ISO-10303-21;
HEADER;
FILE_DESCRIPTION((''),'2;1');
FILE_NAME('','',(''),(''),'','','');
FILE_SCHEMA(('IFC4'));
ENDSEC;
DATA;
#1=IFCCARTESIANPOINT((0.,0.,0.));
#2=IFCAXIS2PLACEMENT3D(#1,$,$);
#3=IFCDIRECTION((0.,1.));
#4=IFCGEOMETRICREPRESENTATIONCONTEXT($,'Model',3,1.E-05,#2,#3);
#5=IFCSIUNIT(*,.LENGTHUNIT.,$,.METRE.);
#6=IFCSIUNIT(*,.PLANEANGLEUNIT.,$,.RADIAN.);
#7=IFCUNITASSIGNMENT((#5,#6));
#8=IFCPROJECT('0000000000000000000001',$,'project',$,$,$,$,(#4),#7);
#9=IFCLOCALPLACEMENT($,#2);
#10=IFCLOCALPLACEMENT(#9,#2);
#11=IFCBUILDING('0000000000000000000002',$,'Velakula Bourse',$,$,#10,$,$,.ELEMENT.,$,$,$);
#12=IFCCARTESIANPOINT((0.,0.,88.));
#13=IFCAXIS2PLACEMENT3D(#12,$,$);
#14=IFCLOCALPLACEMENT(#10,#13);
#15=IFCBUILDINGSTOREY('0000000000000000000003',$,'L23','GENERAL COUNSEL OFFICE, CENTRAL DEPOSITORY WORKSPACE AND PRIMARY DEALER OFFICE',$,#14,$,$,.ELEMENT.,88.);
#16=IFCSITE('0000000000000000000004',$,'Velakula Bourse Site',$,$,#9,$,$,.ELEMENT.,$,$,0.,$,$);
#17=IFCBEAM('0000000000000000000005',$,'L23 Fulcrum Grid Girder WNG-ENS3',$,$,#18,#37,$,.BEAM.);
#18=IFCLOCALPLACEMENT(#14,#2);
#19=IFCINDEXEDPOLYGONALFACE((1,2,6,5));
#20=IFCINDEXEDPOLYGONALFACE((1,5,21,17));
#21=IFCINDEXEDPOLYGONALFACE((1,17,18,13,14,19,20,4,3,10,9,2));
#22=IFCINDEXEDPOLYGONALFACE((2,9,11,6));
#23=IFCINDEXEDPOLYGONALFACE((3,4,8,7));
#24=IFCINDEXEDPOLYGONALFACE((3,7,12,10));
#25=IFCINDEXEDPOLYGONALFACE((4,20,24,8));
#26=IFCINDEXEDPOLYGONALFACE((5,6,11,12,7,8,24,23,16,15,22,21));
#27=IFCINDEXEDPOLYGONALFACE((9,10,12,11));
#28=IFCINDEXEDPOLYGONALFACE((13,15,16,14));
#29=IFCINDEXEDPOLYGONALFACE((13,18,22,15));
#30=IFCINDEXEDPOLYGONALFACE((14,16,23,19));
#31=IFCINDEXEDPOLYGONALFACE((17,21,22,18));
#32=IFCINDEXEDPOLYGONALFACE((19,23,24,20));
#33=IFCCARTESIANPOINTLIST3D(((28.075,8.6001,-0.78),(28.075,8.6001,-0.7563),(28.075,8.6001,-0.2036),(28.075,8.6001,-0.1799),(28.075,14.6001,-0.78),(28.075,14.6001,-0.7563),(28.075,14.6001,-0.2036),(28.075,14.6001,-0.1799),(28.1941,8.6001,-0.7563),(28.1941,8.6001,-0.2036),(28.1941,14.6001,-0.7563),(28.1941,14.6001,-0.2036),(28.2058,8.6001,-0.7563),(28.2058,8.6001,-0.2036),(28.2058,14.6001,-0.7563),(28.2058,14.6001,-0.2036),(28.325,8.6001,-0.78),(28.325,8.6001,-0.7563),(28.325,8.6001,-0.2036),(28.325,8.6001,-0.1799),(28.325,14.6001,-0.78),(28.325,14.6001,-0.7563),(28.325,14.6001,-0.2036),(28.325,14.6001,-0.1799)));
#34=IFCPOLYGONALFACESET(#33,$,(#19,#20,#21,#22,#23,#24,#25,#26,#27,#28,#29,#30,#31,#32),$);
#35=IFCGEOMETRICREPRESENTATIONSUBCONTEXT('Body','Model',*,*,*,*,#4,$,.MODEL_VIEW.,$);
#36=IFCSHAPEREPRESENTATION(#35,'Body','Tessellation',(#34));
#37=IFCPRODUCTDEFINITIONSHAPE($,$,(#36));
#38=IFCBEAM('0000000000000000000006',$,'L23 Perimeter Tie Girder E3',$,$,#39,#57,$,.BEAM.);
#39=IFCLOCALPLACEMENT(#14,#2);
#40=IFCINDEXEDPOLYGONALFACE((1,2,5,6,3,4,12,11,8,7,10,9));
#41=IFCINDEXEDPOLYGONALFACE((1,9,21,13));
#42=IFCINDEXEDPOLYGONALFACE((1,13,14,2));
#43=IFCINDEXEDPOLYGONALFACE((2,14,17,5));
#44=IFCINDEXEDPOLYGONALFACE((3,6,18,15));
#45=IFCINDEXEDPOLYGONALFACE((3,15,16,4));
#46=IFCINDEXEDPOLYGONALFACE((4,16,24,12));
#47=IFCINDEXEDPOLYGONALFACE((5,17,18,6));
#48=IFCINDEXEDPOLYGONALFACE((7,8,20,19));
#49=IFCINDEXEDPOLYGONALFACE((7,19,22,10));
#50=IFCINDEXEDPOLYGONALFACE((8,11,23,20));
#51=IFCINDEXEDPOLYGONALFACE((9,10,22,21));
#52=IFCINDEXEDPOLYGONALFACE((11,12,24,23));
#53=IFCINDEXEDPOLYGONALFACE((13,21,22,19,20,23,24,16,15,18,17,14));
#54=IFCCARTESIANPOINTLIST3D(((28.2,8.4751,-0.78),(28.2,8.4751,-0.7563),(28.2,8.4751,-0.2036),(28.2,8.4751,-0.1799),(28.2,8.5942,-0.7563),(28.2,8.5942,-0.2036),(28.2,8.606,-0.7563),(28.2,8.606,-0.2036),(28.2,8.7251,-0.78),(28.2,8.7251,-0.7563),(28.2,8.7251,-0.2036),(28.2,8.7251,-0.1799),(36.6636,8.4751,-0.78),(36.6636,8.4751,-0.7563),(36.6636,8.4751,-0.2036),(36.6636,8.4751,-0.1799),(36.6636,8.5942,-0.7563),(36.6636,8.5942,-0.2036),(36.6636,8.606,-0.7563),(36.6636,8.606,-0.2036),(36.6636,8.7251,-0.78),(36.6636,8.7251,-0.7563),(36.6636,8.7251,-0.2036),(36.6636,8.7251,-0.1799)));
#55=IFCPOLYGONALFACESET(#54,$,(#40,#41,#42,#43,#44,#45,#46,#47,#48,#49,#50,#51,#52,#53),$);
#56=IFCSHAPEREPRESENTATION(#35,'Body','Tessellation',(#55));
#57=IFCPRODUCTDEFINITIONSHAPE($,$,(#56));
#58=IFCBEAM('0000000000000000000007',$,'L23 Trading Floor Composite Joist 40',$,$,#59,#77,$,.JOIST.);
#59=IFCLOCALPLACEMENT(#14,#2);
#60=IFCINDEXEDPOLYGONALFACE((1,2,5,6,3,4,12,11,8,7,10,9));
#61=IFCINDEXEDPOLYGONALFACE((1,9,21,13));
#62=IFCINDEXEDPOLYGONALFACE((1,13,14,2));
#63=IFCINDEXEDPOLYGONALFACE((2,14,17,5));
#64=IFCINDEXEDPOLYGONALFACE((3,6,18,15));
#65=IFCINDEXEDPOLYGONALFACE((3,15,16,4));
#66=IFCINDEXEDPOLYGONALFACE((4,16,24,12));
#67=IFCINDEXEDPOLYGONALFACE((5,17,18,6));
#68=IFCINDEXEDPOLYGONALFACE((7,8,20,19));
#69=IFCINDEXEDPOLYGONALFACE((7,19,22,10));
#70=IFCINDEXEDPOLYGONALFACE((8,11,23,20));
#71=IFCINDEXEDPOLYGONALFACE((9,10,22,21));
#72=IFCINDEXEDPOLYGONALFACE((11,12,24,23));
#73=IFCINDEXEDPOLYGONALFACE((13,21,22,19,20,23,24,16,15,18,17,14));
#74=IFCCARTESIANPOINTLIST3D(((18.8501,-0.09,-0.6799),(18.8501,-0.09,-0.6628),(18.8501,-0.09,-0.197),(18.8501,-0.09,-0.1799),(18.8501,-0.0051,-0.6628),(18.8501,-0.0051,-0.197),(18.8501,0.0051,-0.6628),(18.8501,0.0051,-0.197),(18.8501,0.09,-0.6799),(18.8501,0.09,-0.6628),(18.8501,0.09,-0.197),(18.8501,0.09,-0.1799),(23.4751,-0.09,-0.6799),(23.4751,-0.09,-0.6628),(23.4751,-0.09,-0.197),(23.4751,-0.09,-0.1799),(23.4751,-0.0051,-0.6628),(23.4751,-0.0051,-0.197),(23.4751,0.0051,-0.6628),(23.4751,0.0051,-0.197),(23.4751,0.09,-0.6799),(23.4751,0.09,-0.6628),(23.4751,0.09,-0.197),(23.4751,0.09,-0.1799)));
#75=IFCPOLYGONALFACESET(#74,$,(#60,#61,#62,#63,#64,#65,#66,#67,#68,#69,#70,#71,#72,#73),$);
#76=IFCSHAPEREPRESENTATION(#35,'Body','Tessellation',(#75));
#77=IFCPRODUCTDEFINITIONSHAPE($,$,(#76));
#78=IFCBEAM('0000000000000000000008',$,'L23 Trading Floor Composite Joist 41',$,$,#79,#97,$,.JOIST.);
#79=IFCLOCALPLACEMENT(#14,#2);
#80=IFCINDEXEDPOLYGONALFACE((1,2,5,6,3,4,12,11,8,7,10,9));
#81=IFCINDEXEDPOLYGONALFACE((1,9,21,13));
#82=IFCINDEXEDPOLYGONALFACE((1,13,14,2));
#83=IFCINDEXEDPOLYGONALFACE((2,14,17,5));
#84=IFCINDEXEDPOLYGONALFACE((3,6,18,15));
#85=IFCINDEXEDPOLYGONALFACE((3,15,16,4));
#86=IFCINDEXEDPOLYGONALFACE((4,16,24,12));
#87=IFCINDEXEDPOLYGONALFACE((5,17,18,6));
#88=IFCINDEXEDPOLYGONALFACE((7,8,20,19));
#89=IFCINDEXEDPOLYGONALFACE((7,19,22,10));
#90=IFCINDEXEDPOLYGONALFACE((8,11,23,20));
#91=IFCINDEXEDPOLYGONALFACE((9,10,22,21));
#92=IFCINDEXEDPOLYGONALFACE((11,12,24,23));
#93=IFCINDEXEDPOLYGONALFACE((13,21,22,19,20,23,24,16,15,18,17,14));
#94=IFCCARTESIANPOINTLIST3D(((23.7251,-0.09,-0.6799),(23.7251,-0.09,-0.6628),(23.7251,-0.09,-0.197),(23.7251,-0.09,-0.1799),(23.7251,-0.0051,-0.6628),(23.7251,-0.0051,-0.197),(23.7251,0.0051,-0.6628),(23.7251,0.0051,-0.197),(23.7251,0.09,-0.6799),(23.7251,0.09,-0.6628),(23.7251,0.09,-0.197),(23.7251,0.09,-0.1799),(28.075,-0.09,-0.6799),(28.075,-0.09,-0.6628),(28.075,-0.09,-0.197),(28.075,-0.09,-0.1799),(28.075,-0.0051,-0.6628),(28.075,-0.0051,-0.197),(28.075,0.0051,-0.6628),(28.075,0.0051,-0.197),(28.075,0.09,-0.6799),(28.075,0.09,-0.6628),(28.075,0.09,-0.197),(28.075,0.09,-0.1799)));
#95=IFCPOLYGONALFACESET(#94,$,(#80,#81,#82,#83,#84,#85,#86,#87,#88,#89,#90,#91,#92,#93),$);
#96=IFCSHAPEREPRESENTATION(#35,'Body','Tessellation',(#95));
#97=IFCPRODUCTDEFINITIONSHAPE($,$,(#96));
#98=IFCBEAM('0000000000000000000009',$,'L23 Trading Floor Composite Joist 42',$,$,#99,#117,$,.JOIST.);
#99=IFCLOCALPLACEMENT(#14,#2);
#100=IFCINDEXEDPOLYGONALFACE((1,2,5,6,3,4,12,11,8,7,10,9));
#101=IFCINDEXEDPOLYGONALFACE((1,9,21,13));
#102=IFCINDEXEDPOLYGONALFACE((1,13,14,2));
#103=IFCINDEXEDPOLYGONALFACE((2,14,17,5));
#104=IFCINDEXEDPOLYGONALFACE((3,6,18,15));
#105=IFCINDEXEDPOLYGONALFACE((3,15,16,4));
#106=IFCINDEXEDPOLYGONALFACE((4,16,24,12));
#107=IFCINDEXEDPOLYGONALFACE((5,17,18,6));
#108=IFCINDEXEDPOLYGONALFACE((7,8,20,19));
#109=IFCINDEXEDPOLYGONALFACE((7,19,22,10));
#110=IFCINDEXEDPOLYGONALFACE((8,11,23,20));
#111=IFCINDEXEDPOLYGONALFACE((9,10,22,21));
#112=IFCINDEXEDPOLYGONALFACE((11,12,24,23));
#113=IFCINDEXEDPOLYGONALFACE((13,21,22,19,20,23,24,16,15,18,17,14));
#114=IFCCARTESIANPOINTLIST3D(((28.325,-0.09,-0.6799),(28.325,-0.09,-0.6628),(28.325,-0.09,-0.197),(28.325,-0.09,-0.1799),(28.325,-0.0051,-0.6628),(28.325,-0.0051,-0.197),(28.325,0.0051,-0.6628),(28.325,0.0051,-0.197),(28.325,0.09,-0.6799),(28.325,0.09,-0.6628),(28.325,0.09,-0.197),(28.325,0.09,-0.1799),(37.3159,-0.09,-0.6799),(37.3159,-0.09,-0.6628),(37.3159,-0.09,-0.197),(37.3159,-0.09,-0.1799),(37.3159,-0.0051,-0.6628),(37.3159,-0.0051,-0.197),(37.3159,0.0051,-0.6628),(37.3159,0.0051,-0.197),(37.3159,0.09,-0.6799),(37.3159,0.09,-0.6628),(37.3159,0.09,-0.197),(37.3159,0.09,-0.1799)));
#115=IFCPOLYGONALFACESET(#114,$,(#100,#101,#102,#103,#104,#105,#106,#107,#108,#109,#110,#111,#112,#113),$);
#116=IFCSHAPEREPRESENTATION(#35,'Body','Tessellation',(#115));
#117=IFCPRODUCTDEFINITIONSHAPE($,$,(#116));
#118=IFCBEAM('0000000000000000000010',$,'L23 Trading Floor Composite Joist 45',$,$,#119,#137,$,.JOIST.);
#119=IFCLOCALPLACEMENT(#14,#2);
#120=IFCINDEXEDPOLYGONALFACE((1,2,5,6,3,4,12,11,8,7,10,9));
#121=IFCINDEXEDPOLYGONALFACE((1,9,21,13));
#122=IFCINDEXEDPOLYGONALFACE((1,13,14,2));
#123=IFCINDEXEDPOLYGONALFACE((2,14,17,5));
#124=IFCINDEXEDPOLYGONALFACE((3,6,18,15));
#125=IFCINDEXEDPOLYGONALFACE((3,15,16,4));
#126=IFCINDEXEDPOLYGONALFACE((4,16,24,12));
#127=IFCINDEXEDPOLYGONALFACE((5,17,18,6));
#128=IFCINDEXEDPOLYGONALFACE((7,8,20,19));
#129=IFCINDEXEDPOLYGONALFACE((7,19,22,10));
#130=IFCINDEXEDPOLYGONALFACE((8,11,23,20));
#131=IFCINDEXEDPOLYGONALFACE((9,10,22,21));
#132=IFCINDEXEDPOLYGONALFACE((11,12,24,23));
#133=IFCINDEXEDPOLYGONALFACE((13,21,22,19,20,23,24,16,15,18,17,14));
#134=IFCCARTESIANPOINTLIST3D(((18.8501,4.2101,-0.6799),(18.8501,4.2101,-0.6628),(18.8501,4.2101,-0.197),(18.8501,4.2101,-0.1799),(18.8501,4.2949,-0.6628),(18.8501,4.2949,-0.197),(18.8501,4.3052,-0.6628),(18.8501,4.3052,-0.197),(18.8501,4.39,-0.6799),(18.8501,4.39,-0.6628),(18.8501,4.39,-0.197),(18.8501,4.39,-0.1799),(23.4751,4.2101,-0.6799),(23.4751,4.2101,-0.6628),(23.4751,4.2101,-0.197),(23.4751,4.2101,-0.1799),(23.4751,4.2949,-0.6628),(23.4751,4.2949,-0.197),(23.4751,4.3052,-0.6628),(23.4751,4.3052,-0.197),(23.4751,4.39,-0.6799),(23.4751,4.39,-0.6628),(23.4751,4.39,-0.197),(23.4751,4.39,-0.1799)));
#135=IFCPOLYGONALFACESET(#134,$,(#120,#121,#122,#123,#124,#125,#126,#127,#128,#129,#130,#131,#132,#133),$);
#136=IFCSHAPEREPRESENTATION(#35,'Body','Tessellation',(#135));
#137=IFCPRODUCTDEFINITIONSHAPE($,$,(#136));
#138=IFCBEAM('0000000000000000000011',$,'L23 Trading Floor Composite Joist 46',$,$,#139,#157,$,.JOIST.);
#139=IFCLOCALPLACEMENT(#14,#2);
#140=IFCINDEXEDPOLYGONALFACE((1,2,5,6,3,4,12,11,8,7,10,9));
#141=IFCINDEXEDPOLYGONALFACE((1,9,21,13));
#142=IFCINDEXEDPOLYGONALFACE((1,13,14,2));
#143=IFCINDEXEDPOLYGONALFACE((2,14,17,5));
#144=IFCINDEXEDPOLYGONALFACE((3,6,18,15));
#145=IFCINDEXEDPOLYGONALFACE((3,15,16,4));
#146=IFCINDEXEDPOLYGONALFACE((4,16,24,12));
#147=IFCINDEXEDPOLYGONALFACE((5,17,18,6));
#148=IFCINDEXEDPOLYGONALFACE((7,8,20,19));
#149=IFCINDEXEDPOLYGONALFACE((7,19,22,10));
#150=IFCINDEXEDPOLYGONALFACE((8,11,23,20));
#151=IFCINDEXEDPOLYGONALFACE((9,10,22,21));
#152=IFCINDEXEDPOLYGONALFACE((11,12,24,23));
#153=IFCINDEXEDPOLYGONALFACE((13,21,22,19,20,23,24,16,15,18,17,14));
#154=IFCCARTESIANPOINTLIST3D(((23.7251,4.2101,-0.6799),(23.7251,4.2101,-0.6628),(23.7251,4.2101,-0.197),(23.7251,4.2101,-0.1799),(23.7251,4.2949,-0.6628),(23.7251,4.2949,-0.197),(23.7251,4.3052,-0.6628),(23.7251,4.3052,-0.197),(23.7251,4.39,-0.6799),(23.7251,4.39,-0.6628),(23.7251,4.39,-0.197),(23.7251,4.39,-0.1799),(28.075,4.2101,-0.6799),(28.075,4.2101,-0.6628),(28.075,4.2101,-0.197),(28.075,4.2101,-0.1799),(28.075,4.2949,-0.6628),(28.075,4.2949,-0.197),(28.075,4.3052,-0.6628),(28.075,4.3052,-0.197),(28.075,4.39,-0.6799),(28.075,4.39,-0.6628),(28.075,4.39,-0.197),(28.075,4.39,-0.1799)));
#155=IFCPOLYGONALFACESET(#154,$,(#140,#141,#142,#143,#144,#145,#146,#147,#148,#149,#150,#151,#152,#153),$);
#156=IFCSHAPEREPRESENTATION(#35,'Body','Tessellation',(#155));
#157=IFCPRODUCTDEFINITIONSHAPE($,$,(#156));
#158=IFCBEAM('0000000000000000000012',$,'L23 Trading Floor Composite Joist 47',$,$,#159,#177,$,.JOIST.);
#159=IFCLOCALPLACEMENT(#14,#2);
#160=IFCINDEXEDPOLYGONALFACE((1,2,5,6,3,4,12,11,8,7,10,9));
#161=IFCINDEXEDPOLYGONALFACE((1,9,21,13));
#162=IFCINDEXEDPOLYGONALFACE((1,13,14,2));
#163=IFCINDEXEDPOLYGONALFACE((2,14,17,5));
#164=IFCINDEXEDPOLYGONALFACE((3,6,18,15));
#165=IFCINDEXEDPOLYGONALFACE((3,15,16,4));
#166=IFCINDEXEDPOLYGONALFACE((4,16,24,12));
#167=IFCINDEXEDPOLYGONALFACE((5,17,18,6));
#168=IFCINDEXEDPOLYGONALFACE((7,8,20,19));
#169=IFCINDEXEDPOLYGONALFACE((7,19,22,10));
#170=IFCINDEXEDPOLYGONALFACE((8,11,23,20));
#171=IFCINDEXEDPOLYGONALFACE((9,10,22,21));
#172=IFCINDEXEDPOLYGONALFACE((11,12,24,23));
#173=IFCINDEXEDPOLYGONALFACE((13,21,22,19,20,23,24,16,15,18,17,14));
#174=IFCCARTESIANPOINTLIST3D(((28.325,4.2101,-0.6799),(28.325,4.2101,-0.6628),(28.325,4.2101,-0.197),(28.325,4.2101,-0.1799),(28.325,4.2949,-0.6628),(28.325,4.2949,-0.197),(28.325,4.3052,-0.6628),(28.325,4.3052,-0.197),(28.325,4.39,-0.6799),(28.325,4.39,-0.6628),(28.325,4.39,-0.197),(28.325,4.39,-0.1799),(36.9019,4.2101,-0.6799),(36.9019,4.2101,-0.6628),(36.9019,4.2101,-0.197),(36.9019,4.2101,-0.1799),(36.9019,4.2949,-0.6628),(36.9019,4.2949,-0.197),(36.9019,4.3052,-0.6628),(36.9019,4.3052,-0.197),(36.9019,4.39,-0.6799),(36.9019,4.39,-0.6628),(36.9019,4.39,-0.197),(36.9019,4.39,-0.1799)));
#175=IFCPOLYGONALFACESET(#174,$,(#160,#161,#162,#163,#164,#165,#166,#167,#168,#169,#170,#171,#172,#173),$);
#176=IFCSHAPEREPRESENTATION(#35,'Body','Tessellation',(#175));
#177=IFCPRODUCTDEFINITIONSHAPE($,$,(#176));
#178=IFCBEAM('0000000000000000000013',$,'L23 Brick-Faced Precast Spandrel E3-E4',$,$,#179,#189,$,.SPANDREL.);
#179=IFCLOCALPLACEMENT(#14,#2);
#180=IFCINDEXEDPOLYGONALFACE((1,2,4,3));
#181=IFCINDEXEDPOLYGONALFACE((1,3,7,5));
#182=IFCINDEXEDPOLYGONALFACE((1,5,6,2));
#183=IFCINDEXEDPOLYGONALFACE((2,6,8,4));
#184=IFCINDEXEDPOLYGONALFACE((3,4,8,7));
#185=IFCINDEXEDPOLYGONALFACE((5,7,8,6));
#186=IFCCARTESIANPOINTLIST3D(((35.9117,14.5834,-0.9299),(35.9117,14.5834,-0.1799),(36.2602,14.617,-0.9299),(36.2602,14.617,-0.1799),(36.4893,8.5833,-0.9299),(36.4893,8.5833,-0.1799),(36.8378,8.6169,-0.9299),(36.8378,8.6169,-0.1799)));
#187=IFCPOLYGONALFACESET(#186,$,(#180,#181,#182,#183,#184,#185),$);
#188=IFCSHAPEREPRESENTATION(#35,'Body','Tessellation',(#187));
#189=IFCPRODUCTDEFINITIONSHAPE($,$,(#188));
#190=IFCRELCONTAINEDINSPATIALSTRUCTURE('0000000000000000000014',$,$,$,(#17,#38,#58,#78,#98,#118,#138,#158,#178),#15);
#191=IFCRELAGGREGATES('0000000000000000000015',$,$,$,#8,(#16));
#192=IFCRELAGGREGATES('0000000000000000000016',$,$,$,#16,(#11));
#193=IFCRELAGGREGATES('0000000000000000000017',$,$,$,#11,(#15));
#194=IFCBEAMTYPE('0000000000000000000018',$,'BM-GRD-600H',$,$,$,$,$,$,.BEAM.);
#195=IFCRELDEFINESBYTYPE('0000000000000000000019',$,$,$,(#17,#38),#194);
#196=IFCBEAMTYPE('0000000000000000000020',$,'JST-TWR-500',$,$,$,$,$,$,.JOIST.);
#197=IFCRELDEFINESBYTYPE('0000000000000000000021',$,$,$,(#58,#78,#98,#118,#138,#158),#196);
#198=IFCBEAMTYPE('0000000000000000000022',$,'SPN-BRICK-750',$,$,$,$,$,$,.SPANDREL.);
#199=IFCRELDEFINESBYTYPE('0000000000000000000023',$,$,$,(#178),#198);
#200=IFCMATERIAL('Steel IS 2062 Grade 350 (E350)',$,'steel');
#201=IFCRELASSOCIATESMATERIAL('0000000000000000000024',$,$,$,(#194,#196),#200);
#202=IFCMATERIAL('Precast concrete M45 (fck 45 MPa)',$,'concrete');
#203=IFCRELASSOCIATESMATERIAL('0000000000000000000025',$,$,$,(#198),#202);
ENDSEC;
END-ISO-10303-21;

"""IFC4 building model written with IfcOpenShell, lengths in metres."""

from ifc_helpers import new_model, si_unit, direction, frame, origin, origin_2d, place, context, subcontext, project, spatial, rectangle, i_section, extrude, material, material_profile, profile_set, type_object, element, save


model = new_model("IFC4")

# Units and contexts
model_context = context("Model", 3, precision=1e-05, world=origin(), true_north=direction((0.0, 1.0)))
body_context = subcontext(model_context, "Body", "Model", "MODEL_VIEW")
ifc_project = project(units=[si_unit("LENGTHUNIT", "METRE"), si_unit("PLANEANGLEUNIT", "RADIAN")], contexts=[model_context])

# Site, building, storey
site_placement = place(None, origin())
site = spatial("IfcSite", under=ifc_project, at=site_placement, Name="Velakula Bourse Site", CompositionType="ELEMENT", RefElevation=0.0)
building_placement = place(site_placement, origin())
building = spatial("IfcBuilding", under=site, at=building_placement, Name="Velakula Bourse", CompositionType="ELEMENT")
storey_placement = place(building_placement, frame((0.0, 0.0, 88.0)))
storey = spatial("IfcBuildingStorey", under=building, at=storey_placement, Name="L23", Description="GENERAL COUNSEL OFFICE, CENTRAL DEPOSITORY WORKSPACE AND PRIMARY DEALER OFFICE", CompositionType="ELEMENT", Elevation=88.0)

# Beams
ifc_material_1 = material(Name="Steel IS 2062 Grade 350 (E350)", Category="steel")
ifc_material_profile_1 = material_profile(ifc_material_1, i_section(OverallWidth=0.25, OverallDepth=0.6001, WebThickness=0.0117, FlangeThickness=0.0237, at=origin_2d()), Name="Steel IS 2062 Grade 350 (E350)")
ifc_profile_set_1 = profile_set([ifc_material_profile_1], Name="Steel IS 2062 Grade 350 (E350)")
beam_type_1 = type_object("IfcBeamType", Name="BM-GRD-600H", PredefinedType="BEAM", material=ifc_profile_set_1)
beam_1_placement = place(storey_placement, frame((28.2, 8.6001, -0.48), z_axis=(0.0, 1.0, 0.0), x_axis=(-1.0, 0.0, 0.0)))
element("IfcBeam", 1, at=beam_1_placement, inside=storey, type_object=beam_type_1, Name="L23 Fulcrum Grid Girder WNG-ENS3", PredefinedType="BEAM", context=body_context, shape_type="SweptSolid", body=[
    extrude(i_section(OverallWidth=0.25, OverallDepth=0.6001, WebThickness=0.0117, FlangeThickness=0.0237, at=origin_2d()), origin(), (0.0, 0.0, 1.0), 6.0),
])
beam_2_placement = place(storey_placement, frame((28.2, 8.6001, -0.48), z_axis=(1.0, 0.0, 0.0), x_axis=(0.0, 1.0, 0.0)))
element("IfcBeam", 2, at=beam_2_placement, inside=storey, type_object=beam_type_1, Name="L23 Perimeter Tie Girder E3", PredefinedType="BEAM", context=body_context, shape_type="SweptSolid", body=[
    extrude(i_section(OverallWidth=0.25, OverallDepth=0.6001, WebThickness=0.0117, FlangeThickness=0.0237, at=origin_2d()), origin(), (0.0, 0.0, 1.0), 8.4636),
])
ifc_material_profile_2 = material_profile(ifc_material_1, i_section(OverallWidth=0.1799, OverallDepth=0.5, WebThickness=0.0103, FlangeThickness=0.0171, at=origin_2d()), Name="Steel IS 2062 Grade 350 (E350)")
ifc_profile_set_2 = profile_set([ifc_material_profile_2], Name="Steel IS 2062 Grade 350 (E350)")
beam_type_2 = type_object("IfcBeamType", Name="JST-TWR-500", PredefinedType="JOIST", material=ifc_profile_set_2)
beam_3_placement = place(storey_placement, frame((18.8501, 0.0, -0.4299), z_axis=(1.0, 0.0, 0.0), x_axis=(0.0, 1.0, 0.0)))
element("IfcBeam", 3, at=beam_3_placement, inside=storey, type_object=beam_type_2, Name="L23 Trading Floor Composite Joist 40", PredefinedType="JOIST", context=body_context, shape_type="SweptSolid", body=[
    extrude(i_section(OverallWidth=0.1799, OverallDepth=0.5, WebThickness=0.0103, FlangeThickness=0.0171, at=origin_2d()), origin(), (0.0, 0.0, 1.0), 4.625),
])
beam_4_placement = place(storey_placement, frame((23.7251, 0.0, -0.4299), z_axis=(1.0, 0.0, 0.0), x_axis=(0.0, 1.0, 0.0)))
element("IfcBeam", 4, at=beam_4_placement, inside=storey, type_object=beam_type_2, Name="L23 Trading Floor Composite Joist 41", PredefinedType="JOIST", context=body_context, shape_type="SweptSolid", body=[
    extrude(i_section(OverallWidth=0.1799, OverallDepth=0.5, WebThickness=0.0103, FlangeThickness=0.0171, at=origin_2d()), origin(), (0.0, 0.0, 1.0), 4.3499),
])
beam_5_placement = place(storey_placement, frame((28.325, 0.0, -0.4299), z_axis=(1.0, 0.0, 0.0), x_axis=(0.0, 1.0, 0.0)))
element("IfcBeam", 5, at=beam_5_placement, inside=storey, type_object=beam_type_2, Name="L23 Trading Floor Composite Joist 42", PredefinedType="JOIST", context=body_context, shape_type="SweptSolid", body=[
    extrude(i_section(OverallWidth=0.1799, OverallDepth=0.5, WebThickness=0.0103, FlangeThickness=0.0171, at=origin_2d()), origin(), (0.0, 0.0, 1.0), 8.991),
])
beam_6_placement = place(storey_placement, frame((18.8501, 4.3, -0.4299), z_axis=(1.0, 0.0, 0.0), x_axis=(0.0, 1.0, 0.0)))
element("IfcBeam", 6, at=beam_6_placement, inside=storey, type_object=beam_type_2, Name="L23 Trading Floor Composite Joist 45", PredefinedType="JOIST", context=body_context, shape_type="SweptSolid", body=[
    extrude(i_section(OverallWidth=0.1799, OverallDepth=0.5, WebThickness=0.0103, FlangeThickness=0.0171, at=origin_2d()), origin(), (0.0, 0.0, 1.0), 4.625),
])
beam_7_placement = place(storey_placement, frame((23.7251, 4.3, -0.4299), z_axis=(1.0, 0.0, 0.0), x_axis=(0.0, 1.0, 0.0)))
element("IfcBeam", 7, at=beam_7_placement, inside=storey, type_object=beam_type_2, Name="L23 Trading Floor Composite Joist 46", PredefinedType="JOIST", context=body_context, shape_type="SweptSolid", body=[
    extrude(i_section(OverallWidth=0.1799, OverallDepth=0.5, WebThickness=0.0103, FlangeThickness=0.0171, at=origin_2d()), origin(), (0.0, 0.0, 1.0), 4.3499),
])
beam_8_placement = place(storey_placement, frame((28.325, 4.3, -0.4299), z_axis=(1.0, 0.0, 0.0), x_axis=(0.0, 1.0, 0.0)))
element("IfcBeam", 8, at=beam_8_placement, inside=storey, type_object=beam_type_2, Name="L23 Trading Floor Composite Joist 47", PredefinedType="JOIST", context=body_context, shape_type="SweptSolid", body=[
    extrude(i_section(OverallWidth=0.1799, OverallDepth=0.5, WebThickness=0.0103, FlangeThickness=0.0171, at=origin_2d()), origin(), (0.0, 0.0, 1.0), 8.5769),
])
ifc_material_2 = material(Name="Precast concrete M45 (fck 45 MPa)", Category="concrete")
ifc_material_profile_3 = material_profile(ifc_material_2, rectangle(XDim=0.3501, YDim=0.75, at=origin_2d()), Name="Precast concrete M45 (fck 45 MPa)")
ifc_profile_set_3 = profile_set([ifc_material_profile_3], Name="Precast concrete M45 (fck 45 MPa)")
beam_type_3 = type_object("IfcBeamType", Name="SPN-BRICK-750", PredefinedType="SPANDREL", material=ifc_profile_set_3)
beam_9_placement = place(storey_placement, frame((36.6636, 8.6001, -0.5549), z_axis=(-0.09583, 0.995398, 0.0), x_axis=(-0.995398, -0.09583, 0.0)))
element("IfcBeam", 9, at=beam_9_placement, inside=storey, type_object=beam_type_3, Name="L23 Brick-Faced Precast Spandrel E3-E4", PredefinedType="SPANDREL", context=body_context, shape_type="SweptSolid", body=[
    extrude(rectangle(XDim=0.3501, YDim=0.75, at=origin_2d()), origin(), (0.0, 0.0, 1.0), 6.0278),
])

save(model, "model.ifc")
